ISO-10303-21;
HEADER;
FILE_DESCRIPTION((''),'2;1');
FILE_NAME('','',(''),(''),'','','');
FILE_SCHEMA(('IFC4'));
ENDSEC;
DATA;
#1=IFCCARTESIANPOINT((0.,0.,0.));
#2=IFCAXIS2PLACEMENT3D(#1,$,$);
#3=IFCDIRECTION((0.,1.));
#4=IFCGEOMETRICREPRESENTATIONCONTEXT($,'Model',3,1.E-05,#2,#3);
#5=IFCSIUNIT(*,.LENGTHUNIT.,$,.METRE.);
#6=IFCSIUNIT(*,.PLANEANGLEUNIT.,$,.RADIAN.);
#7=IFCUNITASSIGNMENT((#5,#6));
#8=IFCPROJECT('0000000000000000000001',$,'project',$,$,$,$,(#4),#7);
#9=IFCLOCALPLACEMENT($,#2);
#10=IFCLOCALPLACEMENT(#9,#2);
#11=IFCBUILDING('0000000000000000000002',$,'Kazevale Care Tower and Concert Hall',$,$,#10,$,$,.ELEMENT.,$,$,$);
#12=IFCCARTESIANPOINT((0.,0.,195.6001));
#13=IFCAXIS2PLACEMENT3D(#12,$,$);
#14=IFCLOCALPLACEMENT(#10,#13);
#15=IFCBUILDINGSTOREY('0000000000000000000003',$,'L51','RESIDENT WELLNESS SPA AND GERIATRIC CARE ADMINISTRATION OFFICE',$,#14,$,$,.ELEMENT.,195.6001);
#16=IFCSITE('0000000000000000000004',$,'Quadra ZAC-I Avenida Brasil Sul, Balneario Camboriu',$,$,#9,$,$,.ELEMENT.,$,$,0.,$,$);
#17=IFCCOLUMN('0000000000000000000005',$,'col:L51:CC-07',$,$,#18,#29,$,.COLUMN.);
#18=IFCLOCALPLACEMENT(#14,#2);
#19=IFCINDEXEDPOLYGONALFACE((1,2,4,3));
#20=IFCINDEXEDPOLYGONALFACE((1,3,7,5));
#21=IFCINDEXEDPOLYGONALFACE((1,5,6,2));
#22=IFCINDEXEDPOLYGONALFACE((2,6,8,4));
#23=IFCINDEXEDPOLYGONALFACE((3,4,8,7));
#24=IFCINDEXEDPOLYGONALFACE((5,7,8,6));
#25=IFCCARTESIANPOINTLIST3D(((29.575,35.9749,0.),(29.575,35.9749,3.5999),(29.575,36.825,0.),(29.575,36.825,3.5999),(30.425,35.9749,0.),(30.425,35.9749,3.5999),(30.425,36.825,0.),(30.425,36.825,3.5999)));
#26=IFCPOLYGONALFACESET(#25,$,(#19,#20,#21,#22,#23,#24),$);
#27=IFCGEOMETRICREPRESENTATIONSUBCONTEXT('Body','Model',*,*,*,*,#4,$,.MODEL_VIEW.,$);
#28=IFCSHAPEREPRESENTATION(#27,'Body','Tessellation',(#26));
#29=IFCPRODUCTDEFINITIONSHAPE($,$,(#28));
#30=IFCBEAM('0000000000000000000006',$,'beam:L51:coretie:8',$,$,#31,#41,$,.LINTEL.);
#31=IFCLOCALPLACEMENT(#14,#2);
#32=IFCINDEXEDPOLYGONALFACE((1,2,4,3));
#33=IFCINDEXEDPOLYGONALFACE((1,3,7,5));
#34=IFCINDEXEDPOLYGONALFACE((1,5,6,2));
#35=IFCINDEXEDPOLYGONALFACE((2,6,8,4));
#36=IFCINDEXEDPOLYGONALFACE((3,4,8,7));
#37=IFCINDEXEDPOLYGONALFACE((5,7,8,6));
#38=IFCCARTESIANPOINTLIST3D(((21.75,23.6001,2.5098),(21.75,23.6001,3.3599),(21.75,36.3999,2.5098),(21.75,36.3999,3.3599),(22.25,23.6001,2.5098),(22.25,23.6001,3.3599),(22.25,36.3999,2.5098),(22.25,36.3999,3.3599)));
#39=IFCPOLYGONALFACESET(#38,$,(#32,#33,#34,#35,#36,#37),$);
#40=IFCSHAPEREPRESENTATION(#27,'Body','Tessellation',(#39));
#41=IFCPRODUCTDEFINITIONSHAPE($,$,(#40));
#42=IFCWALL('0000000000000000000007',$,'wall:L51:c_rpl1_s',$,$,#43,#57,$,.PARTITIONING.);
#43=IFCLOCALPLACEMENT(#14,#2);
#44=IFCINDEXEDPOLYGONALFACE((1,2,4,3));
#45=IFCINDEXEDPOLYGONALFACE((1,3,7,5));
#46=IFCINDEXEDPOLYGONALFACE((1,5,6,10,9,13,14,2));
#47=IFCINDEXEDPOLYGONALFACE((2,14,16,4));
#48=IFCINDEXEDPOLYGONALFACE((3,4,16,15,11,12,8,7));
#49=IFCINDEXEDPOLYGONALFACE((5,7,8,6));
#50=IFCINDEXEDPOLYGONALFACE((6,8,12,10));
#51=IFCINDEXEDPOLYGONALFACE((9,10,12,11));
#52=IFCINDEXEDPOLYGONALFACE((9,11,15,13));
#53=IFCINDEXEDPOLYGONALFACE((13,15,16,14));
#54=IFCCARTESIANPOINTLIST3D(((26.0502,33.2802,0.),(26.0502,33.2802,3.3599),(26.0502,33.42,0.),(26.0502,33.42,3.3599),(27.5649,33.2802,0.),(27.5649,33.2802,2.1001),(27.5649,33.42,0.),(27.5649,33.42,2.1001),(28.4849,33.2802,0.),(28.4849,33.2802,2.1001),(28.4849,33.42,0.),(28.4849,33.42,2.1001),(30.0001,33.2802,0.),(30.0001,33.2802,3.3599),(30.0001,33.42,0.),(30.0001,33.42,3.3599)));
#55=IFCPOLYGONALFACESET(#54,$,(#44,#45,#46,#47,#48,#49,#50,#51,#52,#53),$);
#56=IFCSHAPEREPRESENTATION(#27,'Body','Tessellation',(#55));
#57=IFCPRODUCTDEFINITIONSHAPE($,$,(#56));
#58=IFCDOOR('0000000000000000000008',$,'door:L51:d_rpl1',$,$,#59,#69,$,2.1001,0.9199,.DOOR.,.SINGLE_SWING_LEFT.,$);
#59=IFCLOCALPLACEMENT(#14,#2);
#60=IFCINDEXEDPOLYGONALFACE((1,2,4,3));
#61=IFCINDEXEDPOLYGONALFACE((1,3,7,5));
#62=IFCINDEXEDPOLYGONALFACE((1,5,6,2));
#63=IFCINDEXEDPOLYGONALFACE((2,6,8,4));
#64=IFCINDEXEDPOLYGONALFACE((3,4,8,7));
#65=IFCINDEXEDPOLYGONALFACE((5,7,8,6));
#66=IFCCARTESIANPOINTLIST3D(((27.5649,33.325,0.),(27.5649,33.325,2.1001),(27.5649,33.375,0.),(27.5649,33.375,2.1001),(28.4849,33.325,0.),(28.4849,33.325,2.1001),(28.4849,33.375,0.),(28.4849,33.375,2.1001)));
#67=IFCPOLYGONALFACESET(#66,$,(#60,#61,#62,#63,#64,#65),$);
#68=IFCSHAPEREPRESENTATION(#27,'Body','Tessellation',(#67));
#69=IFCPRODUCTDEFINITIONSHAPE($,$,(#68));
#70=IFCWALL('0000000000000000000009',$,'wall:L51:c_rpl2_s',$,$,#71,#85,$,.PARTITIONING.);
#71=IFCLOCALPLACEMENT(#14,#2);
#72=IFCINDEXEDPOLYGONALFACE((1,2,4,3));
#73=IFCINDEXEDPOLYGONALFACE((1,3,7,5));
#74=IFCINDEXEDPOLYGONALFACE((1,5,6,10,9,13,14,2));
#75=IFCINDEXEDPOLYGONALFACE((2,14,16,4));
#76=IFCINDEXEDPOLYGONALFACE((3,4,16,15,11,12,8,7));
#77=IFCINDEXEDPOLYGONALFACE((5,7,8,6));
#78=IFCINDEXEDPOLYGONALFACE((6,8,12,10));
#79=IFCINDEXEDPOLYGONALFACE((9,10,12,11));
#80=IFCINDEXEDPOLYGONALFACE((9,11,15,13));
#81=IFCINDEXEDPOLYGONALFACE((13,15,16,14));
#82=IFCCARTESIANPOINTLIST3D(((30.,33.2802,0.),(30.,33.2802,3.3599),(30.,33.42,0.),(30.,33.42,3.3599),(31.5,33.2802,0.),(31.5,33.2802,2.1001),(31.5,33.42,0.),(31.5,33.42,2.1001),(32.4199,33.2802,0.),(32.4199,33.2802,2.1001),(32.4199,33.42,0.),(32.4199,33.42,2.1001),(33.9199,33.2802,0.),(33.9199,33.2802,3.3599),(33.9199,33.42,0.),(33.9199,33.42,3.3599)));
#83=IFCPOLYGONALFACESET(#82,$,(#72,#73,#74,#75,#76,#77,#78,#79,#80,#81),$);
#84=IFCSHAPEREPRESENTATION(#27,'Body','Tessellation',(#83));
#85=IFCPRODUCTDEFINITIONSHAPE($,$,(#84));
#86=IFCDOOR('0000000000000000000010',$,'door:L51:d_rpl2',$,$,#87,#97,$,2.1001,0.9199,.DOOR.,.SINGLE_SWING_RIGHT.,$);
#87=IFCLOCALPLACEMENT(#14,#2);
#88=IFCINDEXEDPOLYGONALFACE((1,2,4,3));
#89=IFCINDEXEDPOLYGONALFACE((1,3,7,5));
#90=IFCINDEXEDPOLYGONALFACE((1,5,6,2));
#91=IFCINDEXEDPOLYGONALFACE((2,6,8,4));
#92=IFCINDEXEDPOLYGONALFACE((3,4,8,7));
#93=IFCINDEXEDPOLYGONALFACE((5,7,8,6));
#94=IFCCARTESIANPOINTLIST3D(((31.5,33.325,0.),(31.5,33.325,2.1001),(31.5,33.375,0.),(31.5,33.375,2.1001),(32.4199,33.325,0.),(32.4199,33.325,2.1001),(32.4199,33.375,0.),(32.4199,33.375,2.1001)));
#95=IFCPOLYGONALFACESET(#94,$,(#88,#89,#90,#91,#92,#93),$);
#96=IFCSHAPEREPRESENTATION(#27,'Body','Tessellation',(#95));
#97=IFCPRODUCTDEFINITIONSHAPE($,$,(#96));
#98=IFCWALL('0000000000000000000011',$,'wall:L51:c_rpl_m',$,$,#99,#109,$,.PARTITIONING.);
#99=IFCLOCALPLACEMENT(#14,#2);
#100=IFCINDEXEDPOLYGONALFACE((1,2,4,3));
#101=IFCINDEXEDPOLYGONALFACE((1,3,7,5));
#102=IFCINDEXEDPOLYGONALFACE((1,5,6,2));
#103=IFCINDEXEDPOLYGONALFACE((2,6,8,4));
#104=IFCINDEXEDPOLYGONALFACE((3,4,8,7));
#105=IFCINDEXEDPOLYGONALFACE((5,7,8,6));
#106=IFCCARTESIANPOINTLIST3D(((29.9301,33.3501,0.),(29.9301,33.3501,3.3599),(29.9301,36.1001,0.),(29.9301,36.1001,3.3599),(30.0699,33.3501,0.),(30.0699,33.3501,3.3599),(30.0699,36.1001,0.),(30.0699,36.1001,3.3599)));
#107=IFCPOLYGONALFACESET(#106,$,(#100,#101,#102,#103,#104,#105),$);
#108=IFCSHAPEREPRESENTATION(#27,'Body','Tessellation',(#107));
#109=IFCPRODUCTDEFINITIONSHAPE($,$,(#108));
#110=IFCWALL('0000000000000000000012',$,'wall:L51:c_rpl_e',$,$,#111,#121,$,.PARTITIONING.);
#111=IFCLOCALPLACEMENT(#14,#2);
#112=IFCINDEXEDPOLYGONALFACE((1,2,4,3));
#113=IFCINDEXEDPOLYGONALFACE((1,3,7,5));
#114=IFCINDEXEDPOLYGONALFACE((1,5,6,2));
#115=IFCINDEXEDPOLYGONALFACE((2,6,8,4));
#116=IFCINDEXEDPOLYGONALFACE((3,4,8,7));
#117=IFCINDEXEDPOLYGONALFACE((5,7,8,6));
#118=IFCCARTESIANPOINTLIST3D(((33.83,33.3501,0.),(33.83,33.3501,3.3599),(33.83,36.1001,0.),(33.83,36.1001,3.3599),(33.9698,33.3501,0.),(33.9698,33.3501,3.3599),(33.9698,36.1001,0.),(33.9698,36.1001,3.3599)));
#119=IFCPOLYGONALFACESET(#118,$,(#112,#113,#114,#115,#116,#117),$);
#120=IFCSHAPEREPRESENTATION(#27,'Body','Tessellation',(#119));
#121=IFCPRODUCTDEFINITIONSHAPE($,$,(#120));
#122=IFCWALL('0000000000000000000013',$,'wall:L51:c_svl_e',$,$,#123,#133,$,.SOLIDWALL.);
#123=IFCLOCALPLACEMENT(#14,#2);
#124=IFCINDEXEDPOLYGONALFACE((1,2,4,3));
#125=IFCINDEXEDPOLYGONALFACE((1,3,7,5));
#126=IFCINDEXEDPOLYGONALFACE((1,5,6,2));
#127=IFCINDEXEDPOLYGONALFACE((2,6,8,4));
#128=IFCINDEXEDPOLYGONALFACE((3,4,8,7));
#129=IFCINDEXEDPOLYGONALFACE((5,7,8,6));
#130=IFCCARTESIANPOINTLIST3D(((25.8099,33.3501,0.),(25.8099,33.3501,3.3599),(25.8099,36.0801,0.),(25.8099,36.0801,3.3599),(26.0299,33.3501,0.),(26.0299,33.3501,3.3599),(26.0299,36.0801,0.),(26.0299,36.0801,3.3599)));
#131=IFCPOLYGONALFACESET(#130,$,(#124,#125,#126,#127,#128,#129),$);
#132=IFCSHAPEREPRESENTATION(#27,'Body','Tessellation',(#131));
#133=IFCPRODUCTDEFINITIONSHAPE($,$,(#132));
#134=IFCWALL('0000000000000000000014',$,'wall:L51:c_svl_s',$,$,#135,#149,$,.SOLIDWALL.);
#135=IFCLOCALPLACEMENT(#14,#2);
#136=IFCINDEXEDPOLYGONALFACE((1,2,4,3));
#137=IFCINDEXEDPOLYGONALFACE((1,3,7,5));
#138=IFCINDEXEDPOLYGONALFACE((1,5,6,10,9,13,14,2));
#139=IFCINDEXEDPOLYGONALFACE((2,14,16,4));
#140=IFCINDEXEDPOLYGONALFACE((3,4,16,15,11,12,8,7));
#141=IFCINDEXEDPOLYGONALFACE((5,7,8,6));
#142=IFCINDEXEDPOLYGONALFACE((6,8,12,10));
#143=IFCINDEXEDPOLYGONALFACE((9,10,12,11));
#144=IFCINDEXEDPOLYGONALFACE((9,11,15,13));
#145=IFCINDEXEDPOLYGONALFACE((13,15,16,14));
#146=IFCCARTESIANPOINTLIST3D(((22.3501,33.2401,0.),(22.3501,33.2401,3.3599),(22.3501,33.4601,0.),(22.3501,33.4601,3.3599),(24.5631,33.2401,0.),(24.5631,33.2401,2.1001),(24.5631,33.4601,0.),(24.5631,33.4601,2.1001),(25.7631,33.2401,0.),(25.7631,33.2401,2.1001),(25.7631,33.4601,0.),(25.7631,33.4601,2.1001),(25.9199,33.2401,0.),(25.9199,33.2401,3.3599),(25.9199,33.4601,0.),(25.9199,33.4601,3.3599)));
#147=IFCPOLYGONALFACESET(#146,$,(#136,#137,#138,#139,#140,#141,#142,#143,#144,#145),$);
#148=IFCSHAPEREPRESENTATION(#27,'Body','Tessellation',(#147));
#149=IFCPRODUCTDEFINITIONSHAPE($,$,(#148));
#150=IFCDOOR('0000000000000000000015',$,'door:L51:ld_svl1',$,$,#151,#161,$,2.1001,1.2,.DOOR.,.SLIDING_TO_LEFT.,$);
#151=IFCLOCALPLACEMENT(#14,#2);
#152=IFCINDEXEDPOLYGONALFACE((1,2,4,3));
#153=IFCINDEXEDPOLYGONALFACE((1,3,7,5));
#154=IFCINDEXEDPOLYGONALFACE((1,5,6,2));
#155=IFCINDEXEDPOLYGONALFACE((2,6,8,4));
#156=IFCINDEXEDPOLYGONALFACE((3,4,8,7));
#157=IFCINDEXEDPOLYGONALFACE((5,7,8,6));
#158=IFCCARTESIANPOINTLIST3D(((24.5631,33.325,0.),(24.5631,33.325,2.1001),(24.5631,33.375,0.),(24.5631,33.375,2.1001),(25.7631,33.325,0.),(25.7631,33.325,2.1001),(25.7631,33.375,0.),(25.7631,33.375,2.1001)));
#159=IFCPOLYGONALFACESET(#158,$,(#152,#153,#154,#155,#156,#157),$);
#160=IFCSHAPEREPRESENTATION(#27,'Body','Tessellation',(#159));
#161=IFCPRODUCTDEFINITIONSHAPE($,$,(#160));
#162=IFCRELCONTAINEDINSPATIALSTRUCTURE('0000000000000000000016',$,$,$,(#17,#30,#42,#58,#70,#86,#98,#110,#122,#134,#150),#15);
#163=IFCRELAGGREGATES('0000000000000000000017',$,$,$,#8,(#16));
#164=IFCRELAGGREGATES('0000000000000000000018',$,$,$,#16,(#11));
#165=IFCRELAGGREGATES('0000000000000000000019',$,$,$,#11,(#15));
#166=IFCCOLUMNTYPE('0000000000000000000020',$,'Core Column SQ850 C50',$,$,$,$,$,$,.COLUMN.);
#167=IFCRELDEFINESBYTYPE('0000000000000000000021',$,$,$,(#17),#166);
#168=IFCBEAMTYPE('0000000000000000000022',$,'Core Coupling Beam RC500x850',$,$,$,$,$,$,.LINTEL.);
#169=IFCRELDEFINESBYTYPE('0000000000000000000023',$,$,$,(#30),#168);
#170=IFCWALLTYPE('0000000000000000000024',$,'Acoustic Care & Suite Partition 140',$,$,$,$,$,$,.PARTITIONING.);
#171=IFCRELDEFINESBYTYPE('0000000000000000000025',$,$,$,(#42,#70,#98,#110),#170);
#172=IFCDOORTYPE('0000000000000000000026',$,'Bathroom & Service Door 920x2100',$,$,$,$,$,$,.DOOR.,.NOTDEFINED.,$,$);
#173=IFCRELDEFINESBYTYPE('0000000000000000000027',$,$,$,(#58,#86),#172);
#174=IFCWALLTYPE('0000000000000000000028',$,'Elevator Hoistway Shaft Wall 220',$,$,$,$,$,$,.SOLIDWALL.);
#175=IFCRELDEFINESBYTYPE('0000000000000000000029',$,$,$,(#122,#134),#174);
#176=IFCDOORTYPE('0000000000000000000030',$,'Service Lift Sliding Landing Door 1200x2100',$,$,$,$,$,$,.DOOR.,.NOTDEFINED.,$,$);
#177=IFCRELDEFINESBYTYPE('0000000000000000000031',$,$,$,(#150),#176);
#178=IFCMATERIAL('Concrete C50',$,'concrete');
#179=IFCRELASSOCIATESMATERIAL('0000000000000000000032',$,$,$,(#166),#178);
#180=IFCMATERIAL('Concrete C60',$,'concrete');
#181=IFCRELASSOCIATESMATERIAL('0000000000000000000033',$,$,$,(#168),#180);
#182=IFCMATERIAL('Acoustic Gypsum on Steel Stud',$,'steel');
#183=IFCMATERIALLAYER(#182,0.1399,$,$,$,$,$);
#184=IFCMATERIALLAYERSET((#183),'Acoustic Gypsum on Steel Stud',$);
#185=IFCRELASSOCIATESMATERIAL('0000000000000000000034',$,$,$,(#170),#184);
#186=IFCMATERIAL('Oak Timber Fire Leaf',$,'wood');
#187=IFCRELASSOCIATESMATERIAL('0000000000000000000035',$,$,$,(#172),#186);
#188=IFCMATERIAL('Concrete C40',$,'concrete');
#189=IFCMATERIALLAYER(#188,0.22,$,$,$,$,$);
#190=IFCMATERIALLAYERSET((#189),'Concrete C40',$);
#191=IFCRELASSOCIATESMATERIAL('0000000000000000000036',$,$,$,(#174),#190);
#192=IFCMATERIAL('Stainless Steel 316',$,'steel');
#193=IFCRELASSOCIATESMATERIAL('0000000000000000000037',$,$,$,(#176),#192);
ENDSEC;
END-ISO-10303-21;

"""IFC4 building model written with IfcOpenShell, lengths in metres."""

from ifc_helpers import new_model, si_unit, direction, frame, frame_2d, origin, origin_2d, place, context, subcontext, project, spatial, rectangle, extrude, material, layer, layer_set, material_profile, profile_set, type_object, element, fill, save


model = new_model("IFC4")

# Units and contexts
model_context = context("Model", 3, precision=1e-05, world=origin(), true_north=direction((0.0, 1.0)))
body_context = subcontext(model_context, "Body", "Model", "MODEL_VIEW")
ifc_project = project(units=[si_unit("LENGTHUNIT", "METRE"), si_unit("PLANEANGLEUNIT", "RADIAN")], contexts=[model_context])

# Site, building, storey
site_placement = place(None, origin())
site = spatial("IfcSite", under=ifc_project, at=site_placement, Name="Quadra ZAC-I Avenida Brasil Sul, Balneario Camboriu", CompositionType="ELEMENT", RefElevation=0.0)
building_placement = place(site_placement, origin())
building = spatial("IfcBuilding", under=site, at=building_placement, Name="Kazevale Care Tower and Concert Hall", CompositionType="ELEMENT")
storey_placement = place(building_placement, frame((0.0, 0.0, 195.6001)))
storey = spatial("IfcBuildingStorey", under=building, at=storey_placement, Name="L51", Description="RESIDENT WELLNESS SPA AND GERIATRIC CARE ADMINISTRATION OFFICE", CompositionType="ELEMENT", Elevation=195.6001)

# Column
ifc_material_1 = material(Name="Concrete C50", Category="concrete")
ifc_material_profile_1 = material_profile(ifc_material_1, rectangle(XDim=0.8501, YDim=0.8501, at=origin_2d()), Name="RC-SQ850")
ifc_profile_set_1 = profile_set([ifc_material_profile_1], Name="Concrete C50")
column_type = type_object("IfcColumnType", Name="Core Column SQ850 C50", PredefinedType="COLUMN", material=ifc_profile_set_1)
column_placement = place(storey_placement, frame((30.0, 36.3999, 0.0), z_axis=(0.0, 0.0, 1.0), x_axis=(1.0, 0.0, 0.0)))
element("IfcColumn", 1, at=column_placement, inside=storey, type_object=column_type, Name="col:L51:CC-07", PredefinedType="COLUMN", context=body_context, shape_type="SweptSolid", body=[
    extrude(rectangle(XDim=0.8501, YDim=0.8501, at=origin_2d()), origin(), (0.0, 0.0, 1.0), 3.5999),
])

# Beam
ifc_material_2 = material(Name="Concrete C60", Category="concrete")
ifc_material_profile_2 = material_profile(ifc_material_2, rectangle(XDim=0.5, YDim=0.8501, at=origin_2d()), Name="RC-B500x850")
ifc_profile_set_2 = profile_set([ifc_material_profile_2], Name="Concrete C60")
beam_type = type_object("IfcBeamType", Name="Core Coupling Beam RC500x850", PredefinedType="LINTEL", material=ifc_profile_set_2)
beam_placement = place(storey_placement, frame((22.0, 36.3999, 2.9348), z_axis=(0.0, -1.0, 0.0), x_axis=(1.0, 0.0, 0.0)))
element("IfcBeam", 2, at=beam_placement, inside=storey, type_object=beam_type, Name="beam:L51:coretie:8", PredefinedType="LINTEL", context=body_context, shape_type="SweptSolid", body=[
    extrude(rectangle(XDim=0.5, YDim=0.8501, at=origin_2d()), origin(), (0.0, 0.0, 1.0), 12.7998),
])

# Walls, openings, doors
ifc_material_3 = material(Name="Acoustic Gypsum on Steel Stud", Category="steel")
ifc_layer_1 = layer(ifc_material_3, 0.1399)
ifc_layer_set_1 = layer_set([ifc_layer_1], Name="Acoustic Gypsum on Steel Stud")
wall_type_1 = type_object("IfcWallType", Name="Acoustic Care & Suite Partition 140", PredefinedType="PARTITIONING", material=ifc_layer_set_1)
wall_1_placement = place(storey_placement, frame((26.05, 33.3501, 0.0), z_axis=(0.0, 0.0, 1.0), x_axis=(1.0, 0.0, 0.0)))
wall_1 = element("IfcWall", 3, at=wall_1_placement, inside=storey, type_object=wall_type_1, Name="wall:L51:c_rpl1_s", PredefinedType="PARTITIONING", context=body_context, shape_type="SweptSolid", body=[
    extrude(rectangle(XDim=3.95, YDim=0.1399, at=frame_2d((1.9751, 0.0))), origin(), (0.0, 0.0, 1.0), 3.3599),
])
opening_1_placement = place(wall_1_placement, frame((1.5149, 0.0, 0.0)))
opening_1 = element("IfcOpeningElement", 4, at=opening_1_placement, cuts=wall_1, PredefinedType="OPENING", context=body_context, shape_type="SweptSolid", body=[
    extrude(rectangle(XDim=0.9199, YDim=2.1001, at=frame_2d((0.46, 1.05))), frame((0.0, 0.0798, 0.0), z_axis=(0.0, -1.0, 0.0), x_axis=(1.0, 0.0, 0.0)), (0.0, 0.0, 1.0), 0.1599),
])
ifc_material_4 = material(Name="Oak Timber Fire Leaf", Category="wood")
door_type_1 = type_object("IfcDoorType", Name="Bathroom & Service Door 920x2100", OperationType="NOTDEFINED", PredefinedType="DOOR", material=ifc_material_4)
door_1_placement = place(opening_1_placement, origin())
door_1 = element("IfcDoor", 5, at=door_1_placement, inside=storey, type_object=door_type_1, Name="door:L51:d_rpl1", OperationType="SINGLE_SWING_LEFT", OverallHeight=2.1001, OverallWidth=0.9199, PredefinedType="DOOR", context=body_context, shape_type="SweptSolid", body=[
    extrude(rectangle(XDim=0.9199, YDim=2.1001, at=frame_2d((0.46, 1.05))), frame((0.0, 0.0249, 0.0), z_axis=(0.0, -1.0, 0.0), x_axis=(1.0, 0.0, 0.0)), (0.0, 0.0, 1.0), 0.05),
])
fill(opening_1, door_1)
wall_2_placement = place(storey_placement, frame((30.0, 33.3501, 0.0), z_axis=(0.0, 0.0, 1.0), x_axis=(1.0, 0.0, 0.0)))
wall_2 = element("IfcWall", 6, at=wall_2_placement, inside=storey, type_object=wall_type_1, Name="wall:L51:c_rpl2_s", PredefinedType="PARTITIONING", context=body_context, shape_type="SweptSolid", body=[
    extrude(rectangle(XDim=3.9199, YDim=0.1399, at=frame_2d((1.96, 0.0))), origin(), (0.0, 0.0, 1.0), 3.3599),
])
opening_2_placement = place(wall_2_placement, frame((1.5, 0.0, 0.0)))
opening_2 = element("IfcOpeningElement", 7, at=opening_2_placement, cuts=wall_2, PredefinedType="OPENING", context=body_context, shape_type="SweptSolid", body=[
    extrude(rectangle(XDim=0.9199, YDim=2.1001, at=frame_2d((0.46, 1.05))), frame((0.0, 0.0798, 0.0), z_axis=(0.0, -1.0, 0.0), x_axis=(1.0, 0.0, 0.0)), (0.0, 0.0, 1.0), 0.1599),
])
door_2_placement = place(opening_2_placement, origin())
door_2 = element("IfcDoor", 8, at=door_2_placement, inside=storey, type_object=door_type_1, Name="door:L51:d_rpl2", OperationType="SINGLE_SWING_RIGHT", OverallHeight=2.1001, OverallWidth=0.9199, PredefinedType="DOOR", context=body_context, shape_type="SweptSolid", body=[
    extrude(rectangle(XDim=0.9199, YDim=2.1001, at=frame_2d((0.46, 1.05))), frame((0.0, 0.0249, 0.0), z_axis=(0.0, -1.0, 0.0), x_axis=(1.0, 0.0, 0.0)), (0.0, 0.0, 1.0), 0.05),
])
fill(opening_2, door_2)

# Walls
for number, where, z_axis, x_axis, name in (
    (9, (30.0, 33.3501, 0.0), (0.0, 0.0, 1.0), (0.0, 1.0, 0.0), "wall:L51:c_rpl_m"),
    (10, (33.8999, 33.3501, 0.0), (0.0, 0.0, 1.0), (0.0, 1.0, 0.0), "wall:L51:c_rpl_e"),
):
    element("IfcWall", number, at=place(storey_placement, frame(where, z_axis=z_axis, x_axis=x_axis)), inside=storey, type_object=wall_type_1, Name=name, PredefinedType="PARTITIONING", context=body_context, shape_type="SweptSolid", body=[
        extrude(rectangle(XDim=2.75, YDim=0.1399, at=frame_2d((1.375, 0.0))), origin(), (0.0, 0.0, 1.0), 3.3599),
    ])
ifc_material_5 = material(Name="Concrete C40", Category="concrete")
ifc_layer_2 = layer(ifc_material_5, 0.22)
ifc_layer_set_2 = layer_set([ifc_layer_2], Name="Concrete C40")
wall_type_2 = type_object("IfcWallType", Name="Elevator Hoistway Shaft Wall 220", PredefinedType="SOLIDWALL", material=ifc_layer_set_2)
wall_3_placement = place(storey_placement, frame((25.9199, 33.3501, 0.0), z_axis=(0.0, 0.0, 1.0), x_axis=(0.0, 1.0, 0.0)))
element("IfcWall", 11, at=wall_3_placement, inside=storey, type_object=wall_type_2, Name="wall:L51:c_svl_e", PredefinedType="SOLIDWALL", context=body_context, shape_type="SweptSolid", body=[
    extrude(rectangle(XDim=2.73, YDim=0.22, at=frame_2d((1.365, 0.0))), origin(), (0.0, 0.0, 1.0), 3.3599),
])

# Wall, opening, door
wall_4_placement = place(storey_placement, frame((22.3501, 33.3501, 0.0), z_axis=(0.0, 0.0, 1.0), x_axis=(1.0, 0.0, 0.0)))
wall_4 = element("IfcWall", 12, at=wall_4_placement, inside=storey, type_object=wall_type_2, Name="wall:L51:c_svl_s", PredefinedType="SOLIDWALL", context=body_context, shape_type="SweptSolid", body=[
    extrude(rectangle(XDim=3.5698, YDim=0.22, at=frame_2d((1.7849, 0.0))), origin(), (0.0, 0.0, 1.0), 3.3599),
])
opening_3_placement = place(wall_4_placement, frame((2.2129, 0.0, 0.0)))
opening_3 = element("IfcOpeningElement", 13, at=opening_3_placement, cuts=wall_4, PredefinedType="OPENING", context=body_context, shape_type="SweptSolid", body=[
    extrude(rectangle(XDim=1.2, YDim=2.1001, at=frame_2d((0.6001, 1.05))), frame((0.0, 0.1199, 0.0), z_axis=(0.0, -1.0, 0.0), x_axis=(1.0, 0.0, 0.0)), (0.0, 0.0, 1.0), 0.24),
])
ifc_material_6 = material(Name="Stainless Steel 316", Category="steel")
door_type_2 = type_object("IfcDoorType", Name="Service Lift Sliding Landing Door 1200x2100", OperationType="NOTDEFINED", PredefinedType="DOOR", material=ifc_material_6)
door_3_placement = place(opening_3_placement, origin())
door_3 = element("IfcDoor", 14, at=door_3_placement, inside=storey, type_object=door_type_2, Name="door:L51:ld_svl1", OperationType="SLIDING_TO_LEFT", OverallHeight=2.1001, OverallWidth=1.2, PredefinedType="DOOR", context=body_context, shape_type="SweptSolid", body=[
    extrude(rectangle(XDim=1.2, YDim=2.1001, at=frame_2d((0.6001, 1.05))), frame((0.0, 0.0249, 0.0), z_axis=(0.0, -1.0, 0.0), x_axis=(1.0, 0.0, 0.0)), (0.0, 0.0, 1.0), 0.05),
])
fill(opening_3, door_3)

save(model, "model.ifc")
